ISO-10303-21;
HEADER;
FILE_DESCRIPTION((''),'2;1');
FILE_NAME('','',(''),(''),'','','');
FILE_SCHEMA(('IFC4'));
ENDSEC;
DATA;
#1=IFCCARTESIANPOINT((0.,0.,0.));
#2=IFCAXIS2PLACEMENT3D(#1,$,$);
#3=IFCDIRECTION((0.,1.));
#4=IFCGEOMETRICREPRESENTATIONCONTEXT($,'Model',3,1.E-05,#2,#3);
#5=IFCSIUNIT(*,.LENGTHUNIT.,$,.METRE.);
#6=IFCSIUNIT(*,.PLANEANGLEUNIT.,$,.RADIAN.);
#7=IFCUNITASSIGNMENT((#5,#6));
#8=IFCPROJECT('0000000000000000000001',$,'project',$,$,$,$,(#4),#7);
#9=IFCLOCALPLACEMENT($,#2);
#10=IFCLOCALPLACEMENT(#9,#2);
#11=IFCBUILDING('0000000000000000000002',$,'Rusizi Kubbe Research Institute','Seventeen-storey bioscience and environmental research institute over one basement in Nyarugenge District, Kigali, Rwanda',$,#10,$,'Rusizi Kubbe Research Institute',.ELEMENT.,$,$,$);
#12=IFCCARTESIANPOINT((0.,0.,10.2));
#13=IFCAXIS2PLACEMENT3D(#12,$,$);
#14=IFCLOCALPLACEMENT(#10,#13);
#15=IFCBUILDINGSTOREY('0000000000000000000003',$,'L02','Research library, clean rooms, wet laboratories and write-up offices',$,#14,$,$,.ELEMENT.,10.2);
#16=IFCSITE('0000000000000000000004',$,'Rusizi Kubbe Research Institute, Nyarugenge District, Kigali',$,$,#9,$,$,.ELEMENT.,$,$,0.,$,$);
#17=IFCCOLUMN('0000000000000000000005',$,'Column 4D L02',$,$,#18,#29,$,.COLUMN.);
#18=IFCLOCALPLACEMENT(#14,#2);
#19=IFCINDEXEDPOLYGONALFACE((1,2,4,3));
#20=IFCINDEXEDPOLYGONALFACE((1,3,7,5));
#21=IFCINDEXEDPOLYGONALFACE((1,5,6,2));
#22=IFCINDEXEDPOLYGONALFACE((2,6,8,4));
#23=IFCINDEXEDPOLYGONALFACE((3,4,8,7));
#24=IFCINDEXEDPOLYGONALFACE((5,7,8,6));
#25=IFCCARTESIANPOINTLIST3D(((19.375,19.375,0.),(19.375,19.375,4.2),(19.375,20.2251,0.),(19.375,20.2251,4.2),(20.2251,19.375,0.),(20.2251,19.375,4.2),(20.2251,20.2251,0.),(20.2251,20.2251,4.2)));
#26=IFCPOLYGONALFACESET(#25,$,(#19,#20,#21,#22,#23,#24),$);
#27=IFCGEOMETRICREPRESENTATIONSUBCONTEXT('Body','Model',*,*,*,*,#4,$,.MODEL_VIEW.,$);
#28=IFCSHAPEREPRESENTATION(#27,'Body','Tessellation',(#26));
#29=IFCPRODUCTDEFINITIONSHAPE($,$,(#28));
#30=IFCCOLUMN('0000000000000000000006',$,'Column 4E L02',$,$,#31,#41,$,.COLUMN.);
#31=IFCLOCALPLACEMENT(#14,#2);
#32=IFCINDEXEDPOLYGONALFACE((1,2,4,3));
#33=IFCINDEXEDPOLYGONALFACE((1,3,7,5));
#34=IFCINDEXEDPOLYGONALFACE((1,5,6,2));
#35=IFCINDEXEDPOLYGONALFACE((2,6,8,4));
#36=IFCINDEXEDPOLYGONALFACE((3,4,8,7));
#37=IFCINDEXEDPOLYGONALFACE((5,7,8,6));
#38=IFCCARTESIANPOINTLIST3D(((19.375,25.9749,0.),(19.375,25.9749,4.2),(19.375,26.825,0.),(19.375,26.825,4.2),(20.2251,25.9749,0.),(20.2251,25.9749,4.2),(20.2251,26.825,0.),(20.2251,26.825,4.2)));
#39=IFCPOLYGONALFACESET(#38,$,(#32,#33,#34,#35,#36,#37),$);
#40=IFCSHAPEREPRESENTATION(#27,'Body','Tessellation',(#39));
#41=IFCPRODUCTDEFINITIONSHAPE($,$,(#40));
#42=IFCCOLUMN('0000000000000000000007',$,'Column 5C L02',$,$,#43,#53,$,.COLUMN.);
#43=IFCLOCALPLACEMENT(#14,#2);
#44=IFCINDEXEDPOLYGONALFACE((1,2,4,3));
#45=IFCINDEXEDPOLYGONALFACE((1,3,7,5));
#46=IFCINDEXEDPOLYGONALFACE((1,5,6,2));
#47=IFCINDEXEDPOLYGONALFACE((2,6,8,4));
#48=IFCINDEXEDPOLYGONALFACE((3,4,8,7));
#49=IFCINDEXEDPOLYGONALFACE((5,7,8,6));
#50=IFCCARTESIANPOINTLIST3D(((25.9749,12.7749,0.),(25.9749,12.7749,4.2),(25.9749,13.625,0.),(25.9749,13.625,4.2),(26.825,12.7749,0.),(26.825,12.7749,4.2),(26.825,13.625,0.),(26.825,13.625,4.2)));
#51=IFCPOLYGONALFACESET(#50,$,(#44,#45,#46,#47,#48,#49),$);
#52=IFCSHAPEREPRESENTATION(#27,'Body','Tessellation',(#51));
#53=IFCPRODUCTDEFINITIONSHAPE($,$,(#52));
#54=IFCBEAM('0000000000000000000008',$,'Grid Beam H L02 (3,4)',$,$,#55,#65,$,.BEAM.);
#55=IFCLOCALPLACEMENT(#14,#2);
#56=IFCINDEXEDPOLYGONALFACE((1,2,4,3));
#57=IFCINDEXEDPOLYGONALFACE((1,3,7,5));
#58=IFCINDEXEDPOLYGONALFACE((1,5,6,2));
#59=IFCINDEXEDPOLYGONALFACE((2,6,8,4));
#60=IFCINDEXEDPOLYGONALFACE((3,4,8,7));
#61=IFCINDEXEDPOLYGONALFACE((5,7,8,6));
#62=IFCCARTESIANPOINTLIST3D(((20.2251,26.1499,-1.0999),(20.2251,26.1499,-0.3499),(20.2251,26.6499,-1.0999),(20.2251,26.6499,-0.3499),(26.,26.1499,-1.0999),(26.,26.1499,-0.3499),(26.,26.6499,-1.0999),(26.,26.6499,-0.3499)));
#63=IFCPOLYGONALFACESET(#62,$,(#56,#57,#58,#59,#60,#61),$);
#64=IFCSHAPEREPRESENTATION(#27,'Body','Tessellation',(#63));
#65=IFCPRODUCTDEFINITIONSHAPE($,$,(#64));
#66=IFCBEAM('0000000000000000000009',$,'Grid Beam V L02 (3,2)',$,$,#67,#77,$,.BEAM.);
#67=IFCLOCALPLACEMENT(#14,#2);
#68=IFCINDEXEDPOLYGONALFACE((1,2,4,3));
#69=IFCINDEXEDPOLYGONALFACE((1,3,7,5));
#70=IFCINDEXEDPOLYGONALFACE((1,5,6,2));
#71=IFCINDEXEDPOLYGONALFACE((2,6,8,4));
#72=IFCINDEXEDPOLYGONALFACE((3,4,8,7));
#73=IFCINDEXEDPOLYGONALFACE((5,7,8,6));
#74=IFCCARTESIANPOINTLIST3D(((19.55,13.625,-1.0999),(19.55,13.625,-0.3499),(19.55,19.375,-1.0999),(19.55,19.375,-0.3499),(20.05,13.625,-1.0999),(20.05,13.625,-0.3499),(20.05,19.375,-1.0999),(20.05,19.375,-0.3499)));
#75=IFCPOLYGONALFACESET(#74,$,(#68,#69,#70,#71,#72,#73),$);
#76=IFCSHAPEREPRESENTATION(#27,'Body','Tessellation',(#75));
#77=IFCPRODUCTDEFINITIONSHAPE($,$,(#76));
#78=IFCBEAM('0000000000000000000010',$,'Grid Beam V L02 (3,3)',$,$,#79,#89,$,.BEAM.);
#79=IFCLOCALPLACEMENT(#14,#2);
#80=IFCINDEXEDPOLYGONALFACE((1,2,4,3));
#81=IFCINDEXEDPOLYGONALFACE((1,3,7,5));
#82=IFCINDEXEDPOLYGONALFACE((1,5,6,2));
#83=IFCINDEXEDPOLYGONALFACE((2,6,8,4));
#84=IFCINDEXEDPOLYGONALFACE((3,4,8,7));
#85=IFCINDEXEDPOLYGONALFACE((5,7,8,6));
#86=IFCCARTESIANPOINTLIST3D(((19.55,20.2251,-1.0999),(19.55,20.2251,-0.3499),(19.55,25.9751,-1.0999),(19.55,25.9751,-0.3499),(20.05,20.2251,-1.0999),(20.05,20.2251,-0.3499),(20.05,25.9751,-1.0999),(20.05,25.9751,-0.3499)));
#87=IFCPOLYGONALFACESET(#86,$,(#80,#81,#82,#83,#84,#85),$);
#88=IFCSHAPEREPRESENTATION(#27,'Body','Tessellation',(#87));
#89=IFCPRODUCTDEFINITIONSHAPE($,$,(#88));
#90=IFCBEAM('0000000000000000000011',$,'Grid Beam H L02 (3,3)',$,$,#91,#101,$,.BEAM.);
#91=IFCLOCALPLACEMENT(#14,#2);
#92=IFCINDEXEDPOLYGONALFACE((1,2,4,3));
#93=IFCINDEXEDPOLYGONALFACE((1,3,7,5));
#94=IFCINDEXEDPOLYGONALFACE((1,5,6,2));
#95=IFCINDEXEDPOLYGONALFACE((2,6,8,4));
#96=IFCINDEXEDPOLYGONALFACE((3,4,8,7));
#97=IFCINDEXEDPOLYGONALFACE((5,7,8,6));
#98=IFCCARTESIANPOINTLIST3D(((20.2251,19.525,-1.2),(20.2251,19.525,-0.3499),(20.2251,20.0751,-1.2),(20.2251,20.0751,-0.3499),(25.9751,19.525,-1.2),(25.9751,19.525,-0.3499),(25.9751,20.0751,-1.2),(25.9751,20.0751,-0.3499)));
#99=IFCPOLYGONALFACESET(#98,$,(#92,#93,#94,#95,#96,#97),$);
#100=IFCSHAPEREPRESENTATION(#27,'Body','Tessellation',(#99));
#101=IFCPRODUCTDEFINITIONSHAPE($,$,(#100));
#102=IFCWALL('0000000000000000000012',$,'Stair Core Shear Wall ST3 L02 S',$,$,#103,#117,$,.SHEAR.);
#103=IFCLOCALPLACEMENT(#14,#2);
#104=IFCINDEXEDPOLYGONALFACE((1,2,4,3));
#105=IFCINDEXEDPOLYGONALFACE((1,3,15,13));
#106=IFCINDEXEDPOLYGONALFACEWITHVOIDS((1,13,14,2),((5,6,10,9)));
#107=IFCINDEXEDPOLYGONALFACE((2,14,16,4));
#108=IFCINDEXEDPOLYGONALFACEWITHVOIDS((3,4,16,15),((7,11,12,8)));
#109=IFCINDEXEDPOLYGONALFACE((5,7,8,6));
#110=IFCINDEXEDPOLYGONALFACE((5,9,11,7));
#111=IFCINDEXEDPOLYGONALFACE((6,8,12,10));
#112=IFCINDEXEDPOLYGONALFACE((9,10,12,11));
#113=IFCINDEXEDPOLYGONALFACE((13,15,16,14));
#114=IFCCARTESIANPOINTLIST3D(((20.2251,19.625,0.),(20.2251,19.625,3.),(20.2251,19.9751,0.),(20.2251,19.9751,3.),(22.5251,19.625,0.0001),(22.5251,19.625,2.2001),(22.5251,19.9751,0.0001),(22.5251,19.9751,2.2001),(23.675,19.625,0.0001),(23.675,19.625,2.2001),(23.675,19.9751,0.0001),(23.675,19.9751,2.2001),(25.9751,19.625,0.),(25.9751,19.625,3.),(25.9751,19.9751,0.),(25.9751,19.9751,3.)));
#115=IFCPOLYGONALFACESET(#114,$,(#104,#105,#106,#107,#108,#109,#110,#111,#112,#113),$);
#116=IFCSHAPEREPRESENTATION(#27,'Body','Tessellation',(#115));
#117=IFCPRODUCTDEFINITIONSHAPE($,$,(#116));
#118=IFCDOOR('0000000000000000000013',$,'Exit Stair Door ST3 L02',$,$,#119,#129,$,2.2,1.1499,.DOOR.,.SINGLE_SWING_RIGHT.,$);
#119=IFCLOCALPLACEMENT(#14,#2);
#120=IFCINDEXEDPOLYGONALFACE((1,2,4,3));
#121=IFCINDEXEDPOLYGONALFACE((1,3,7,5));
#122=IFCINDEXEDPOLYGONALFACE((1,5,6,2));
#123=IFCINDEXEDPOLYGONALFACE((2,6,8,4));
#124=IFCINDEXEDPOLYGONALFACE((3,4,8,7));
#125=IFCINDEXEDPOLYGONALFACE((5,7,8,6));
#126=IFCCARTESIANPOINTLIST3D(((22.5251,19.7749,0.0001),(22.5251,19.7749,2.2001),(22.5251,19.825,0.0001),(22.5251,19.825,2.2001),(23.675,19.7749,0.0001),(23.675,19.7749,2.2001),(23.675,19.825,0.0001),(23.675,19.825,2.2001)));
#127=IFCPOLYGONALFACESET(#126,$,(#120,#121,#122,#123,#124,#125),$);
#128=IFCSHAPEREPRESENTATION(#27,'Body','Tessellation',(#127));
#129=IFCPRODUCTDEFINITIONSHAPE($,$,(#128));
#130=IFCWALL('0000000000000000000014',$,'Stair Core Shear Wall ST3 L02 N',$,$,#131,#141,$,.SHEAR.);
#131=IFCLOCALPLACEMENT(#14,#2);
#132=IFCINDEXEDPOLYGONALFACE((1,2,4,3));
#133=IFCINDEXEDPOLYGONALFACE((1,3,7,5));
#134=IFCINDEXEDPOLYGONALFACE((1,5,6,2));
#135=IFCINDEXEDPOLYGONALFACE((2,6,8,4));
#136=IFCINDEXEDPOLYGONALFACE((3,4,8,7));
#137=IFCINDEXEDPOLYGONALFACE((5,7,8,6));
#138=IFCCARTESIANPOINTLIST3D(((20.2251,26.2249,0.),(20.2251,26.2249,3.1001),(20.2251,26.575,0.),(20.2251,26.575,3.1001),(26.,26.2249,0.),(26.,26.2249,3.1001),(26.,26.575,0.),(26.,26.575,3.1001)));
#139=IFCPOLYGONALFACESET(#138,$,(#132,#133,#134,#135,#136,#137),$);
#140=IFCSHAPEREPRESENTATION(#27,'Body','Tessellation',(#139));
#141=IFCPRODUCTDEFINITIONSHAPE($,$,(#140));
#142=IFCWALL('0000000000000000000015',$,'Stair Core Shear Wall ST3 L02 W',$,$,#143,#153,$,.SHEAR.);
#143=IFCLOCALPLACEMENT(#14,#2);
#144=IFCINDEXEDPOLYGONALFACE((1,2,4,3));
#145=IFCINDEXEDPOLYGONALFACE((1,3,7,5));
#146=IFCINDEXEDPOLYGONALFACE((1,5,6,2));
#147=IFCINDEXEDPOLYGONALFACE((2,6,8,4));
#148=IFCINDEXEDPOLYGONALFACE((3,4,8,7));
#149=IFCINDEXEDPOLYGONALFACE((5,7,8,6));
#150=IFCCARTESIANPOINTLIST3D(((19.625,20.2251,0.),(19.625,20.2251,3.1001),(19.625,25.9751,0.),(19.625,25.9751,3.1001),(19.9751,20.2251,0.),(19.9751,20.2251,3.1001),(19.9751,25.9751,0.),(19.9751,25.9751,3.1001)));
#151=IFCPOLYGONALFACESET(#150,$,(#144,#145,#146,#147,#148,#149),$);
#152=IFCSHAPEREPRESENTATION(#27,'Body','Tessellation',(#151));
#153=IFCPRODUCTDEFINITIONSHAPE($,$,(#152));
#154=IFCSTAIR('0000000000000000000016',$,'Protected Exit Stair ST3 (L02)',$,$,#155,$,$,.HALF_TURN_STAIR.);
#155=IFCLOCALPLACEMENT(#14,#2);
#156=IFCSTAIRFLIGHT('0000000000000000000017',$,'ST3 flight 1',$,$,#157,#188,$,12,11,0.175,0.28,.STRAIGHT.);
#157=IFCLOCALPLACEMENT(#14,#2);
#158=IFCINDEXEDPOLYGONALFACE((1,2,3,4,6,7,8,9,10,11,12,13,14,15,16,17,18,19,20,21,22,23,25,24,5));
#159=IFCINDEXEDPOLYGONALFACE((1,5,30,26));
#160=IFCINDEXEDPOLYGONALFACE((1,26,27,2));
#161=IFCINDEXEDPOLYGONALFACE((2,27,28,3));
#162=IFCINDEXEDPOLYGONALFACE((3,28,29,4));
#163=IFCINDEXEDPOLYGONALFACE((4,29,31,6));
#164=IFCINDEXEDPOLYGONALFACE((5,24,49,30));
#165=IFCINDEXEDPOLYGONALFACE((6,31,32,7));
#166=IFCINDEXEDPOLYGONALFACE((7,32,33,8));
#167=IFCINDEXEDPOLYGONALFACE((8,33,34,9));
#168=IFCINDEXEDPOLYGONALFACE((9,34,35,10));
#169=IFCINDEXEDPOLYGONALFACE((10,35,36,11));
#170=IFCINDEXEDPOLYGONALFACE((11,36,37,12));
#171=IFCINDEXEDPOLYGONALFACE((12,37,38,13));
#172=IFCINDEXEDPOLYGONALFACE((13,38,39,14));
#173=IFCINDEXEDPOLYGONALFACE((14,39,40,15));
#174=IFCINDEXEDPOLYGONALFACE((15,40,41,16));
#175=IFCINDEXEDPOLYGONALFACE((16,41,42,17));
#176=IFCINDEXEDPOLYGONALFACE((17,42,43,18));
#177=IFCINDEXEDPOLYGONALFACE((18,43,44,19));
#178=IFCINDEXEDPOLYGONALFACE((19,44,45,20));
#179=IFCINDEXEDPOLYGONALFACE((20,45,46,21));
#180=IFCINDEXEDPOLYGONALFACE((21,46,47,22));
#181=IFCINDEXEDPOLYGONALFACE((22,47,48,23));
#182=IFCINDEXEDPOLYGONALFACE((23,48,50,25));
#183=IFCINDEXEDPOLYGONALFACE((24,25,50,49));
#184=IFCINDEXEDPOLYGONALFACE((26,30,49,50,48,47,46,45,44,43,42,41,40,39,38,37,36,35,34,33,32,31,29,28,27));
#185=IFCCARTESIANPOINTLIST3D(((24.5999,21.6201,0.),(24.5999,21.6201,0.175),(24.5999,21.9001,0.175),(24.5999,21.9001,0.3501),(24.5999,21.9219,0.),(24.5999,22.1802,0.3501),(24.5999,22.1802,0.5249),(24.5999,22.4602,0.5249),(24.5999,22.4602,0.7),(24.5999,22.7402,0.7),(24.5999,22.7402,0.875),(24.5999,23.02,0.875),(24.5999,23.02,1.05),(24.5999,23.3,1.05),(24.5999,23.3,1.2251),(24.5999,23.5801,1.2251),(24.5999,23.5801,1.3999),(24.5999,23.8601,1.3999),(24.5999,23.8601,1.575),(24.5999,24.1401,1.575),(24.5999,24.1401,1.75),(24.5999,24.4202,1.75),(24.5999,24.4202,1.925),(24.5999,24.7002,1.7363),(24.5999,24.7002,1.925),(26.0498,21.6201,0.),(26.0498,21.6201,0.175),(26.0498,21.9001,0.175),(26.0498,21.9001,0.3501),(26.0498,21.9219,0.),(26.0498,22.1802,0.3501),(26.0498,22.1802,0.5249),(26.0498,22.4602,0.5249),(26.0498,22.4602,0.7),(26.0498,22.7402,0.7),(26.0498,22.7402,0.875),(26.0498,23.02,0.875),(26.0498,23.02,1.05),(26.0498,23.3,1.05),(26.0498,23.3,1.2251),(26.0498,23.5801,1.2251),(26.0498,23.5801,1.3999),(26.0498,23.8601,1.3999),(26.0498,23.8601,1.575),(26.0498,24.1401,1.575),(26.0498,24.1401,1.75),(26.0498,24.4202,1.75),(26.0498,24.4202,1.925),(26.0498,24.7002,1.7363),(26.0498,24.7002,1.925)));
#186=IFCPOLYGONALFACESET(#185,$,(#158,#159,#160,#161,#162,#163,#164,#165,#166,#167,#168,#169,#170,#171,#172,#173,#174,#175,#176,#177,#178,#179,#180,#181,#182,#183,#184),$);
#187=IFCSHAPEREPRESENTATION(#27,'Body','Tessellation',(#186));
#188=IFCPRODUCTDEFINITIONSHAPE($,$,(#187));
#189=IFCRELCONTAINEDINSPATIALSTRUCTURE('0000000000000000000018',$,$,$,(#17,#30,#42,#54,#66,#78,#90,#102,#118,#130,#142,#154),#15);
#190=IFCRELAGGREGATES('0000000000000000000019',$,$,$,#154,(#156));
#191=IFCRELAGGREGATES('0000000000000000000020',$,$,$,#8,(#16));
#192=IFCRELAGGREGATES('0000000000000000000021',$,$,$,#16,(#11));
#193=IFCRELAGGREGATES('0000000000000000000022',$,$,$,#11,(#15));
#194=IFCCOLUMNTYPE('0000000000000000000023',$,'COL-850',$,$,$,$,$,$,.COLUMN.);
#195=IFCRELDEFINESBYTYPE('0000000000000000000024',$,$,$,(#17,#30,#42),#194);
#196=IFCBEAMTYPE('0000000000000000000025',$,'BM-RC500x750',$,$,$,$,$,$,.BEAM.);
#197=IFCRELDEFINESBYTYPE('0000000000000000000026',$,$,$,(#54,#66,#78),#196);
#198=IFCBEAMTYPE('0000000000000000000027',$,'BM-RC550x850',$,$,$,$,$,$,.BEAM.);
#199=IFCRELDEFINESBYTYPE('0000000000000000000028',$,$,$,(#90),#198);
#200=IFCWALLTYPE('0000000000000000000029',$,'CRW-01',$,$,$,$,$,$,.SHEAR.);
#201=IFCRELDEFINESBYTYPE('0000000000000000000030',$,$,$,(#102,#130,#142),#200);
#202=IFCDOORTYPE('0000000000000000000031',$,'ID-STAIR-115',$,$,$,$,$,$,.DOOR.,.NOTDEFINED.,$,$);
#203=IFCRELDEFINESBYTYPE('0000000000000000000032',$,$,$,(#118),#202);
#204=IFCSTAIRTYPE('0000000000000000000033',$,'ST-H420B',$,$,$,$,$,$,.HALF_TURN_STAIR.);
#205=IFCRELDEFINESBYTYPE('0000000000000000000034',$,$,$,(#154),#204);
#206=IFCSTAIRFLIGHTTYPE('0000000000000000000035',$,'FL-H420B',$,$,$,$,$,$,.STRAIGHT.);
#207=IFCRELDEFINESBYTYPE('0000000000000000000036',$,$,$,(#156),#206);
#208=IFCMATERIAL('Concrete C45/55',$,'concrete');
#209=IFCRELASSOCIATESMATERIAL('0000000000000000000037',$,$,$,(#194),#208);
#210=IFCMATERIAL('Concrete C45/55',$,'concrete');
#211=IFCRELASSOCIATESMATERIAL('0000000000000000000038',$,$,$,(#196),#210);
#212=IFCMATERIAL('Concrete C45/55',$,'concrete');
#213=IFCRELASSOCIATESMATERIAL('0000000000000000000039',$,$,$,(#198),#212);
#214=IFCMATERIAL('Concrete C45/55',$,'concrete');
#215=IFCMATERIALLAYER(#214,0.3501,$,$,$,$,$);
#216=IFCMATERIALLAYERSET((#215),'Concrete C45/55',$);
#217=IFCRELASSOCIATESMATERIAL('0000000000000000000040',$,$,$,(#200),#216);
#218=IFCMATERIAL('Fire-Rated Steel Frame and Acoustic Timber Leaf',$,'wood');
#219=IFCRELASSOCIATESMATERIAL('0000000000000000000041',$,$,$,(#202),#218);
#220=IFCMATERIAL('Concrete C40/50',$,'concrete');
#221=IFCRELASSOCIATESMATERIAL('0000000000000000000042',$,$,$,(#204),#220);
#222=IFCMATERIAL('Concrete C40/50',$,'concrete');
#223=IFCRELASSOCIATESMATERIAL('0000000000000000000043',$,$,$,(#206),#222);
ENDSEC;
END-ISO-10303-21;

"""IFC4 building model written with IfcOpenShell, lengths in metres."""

from ifc_helpers import new_model, si_unit, direction, frame, frame_2d, origin, origin_2d, place, context, subcontext, project, spatial, polyline, rectangle, outline, extrude, material, layer, layer_set, material_profile, profile_set, type_object, element, fill, aggregate, save


model = new_model("IFC4")

# Units and contexts
model_context = context("Model", 3, precision=1e-05, world=origin(), true_north=direction((0.0, 1.0)))
body_context = subcontext(model_context, "Body", "Model", "MODEL_VIEW")
ifc_project = project(units=[si_unit("LENGTHUNIT", "METRE"), si_unit("PLANEANGLEUNIT", "RADIAN")], contexts=[model_context])

# Site, building, storey
site_placement = place(None, origin())
site = spatial("IfcSite", under=ifc_project, at=site_placement, Name="Rusizi Kubbe Research Institute, Nyarugenge District, Kigali", CompositionType="ELEMENT", RefElevation=0.0)
building_placement = place(site_placement, origin())
building = spatial("IfcBuilding", under=site, at=building_placement, Name="Rusizi Kubbe Research Institute", Description="Seventeen-storey bioscience and environmental research institute over one basement in Nyarugenge District, Kigali, Rwanda", LongName="Rusizi Kubbe Research Institute", CompositionType="ELEMENT")
storey_placement = place(building_placement, frame((0.0, 0.0, 10.2)))
storey = spatial("IfcBuildingStorey", under=building, at=storey_placement, Name="L02", Description="Research library, clean rooms, wet laboratories and write-up offices", CompositionType="ELEMENT", Elevation=10.2)

# Columns
ifc_material_1 = material(Name="Concrete C45/55", Category="concrete")
ifc_material_profile_1 = material_profile(ifc_material_1, rectangle(XDim=0.8501, YDim=0.8501, at=origin_2d()), Name="RC850x850")
ifc_profile_set_1 = profile_set([ifc_material_profile_1], Name="Concrete C45/55")
column_type = type_object("IfcColumnType", Name="COL-850", PredefinedType="COLUMN", material=ifc_profile_set_1)
for number, where, z_axis, x_axis, name in (
    (1, (19.8, 19.8, 0.0), (0.0, 0.0, 1.0), (1.0, 0.0, 0.0), "Column 4D L02"),
    (2, (19.8, 26.3999, 0.0), (0.0, 0.0, 1.0), (1.0, 0.0, 0.0), "Column 4E L02"),
    (3, (26.3999, 13.2, 0.0), (0.0, 0.0, 1.0), (1.0, 0.0, 0.0), "Column 5C L02"),
):
    element("IfcColumn", number, at=place(storey_placement, frame(where, z_axis=z_axis, x_axis=x_axis)), inside=storey, type_object=column_type, Name=name, PredefinedType="COLUMN", context=body_context, shape_type="SweptSolid", body=[
        extrude(rectangle(XDim=0.8501, YDim=0.8501, at=origin_2d()), origin(), (0.0, 0.0, 1.0), 4.2),
    ])

# Beams
ifc_material_2 = material(Name="Concrete C45/55", Category="concrete")
ifc_material_profile_2 = material_profile(ifc_material_2, rectangle(XDim=0.5, YDim=0.75, at=origin_2d()), Name="RC500x750B")
ifc_profile_set_2 = profile_set([ifc_material_profile_2], Name="Concrete C45/55")
beam_type_1 = type_object("IfcBeamType", Name="BM-RC500x750", PredefinedType="BEAM", material=ifc_profile_set_2)
beam_1_placement = place(storey_placement, frame((20.2251, 26.3999, -0.7249), z_axis=(1.0, 0.0, 0.0), x_axis=(0.0, 1.0, 0.0)))
element("IfcBeam", 4, at=beam_1_placement, inside=storey, type_object=beam_type_1, Name="Grid Beam H L02 (3,4)", PredefinedType="BEAM", context=body_context, shape_type="SweptSolid", body=[
    extrude(rectangle(XDim=0.5, YDim=0.75, at=origin_2d()), origin(), (0.0, 0.0, 1.0), 5.7749),
])
for number, where, z_axis, x_axis, name in (
    (5, (19.8, 13.625, -0.7249), (0.0, 1.0, 0.0), (-1.0, 0.0, 0.0), "Grid Beam V L02 (3,2)"),
    (6, (19.8, 20.2251, -0.7249), (0.0, 1.0, 0.0), (-1.0, 0.0, 0.0), "Grid Beam V L02 (3,3)"),
):
    element("IfcBeam", number, at=place(storey_placement, frame(where, z_axis=z_axis, x_axis=x_axis)), inside=storey, type_object=beam_type_1, Name=name, PredefinedType="BEAM", context=body_context, shape_type="SweptSolid", body=[
        extrude(rectangle(XDim=0.5, YDim=0.75, at=origin_2d()), origin(), (0.0, 0.0, 1.0), 5.75),
    ])
ifc_material_3 = material(Name="Concrete C45/55", Category="concrete")
ifc_material_profile_3 = material_profile(ifc_material_3, rectangle(XDim=0.55, YDim=0.8501, at=origin_2d()), Name="RC550x850")
ifc_profile_set_3 = profile_set([ifc_material_profile_3], Name="Concrete C45/55")
beam_type_2 = type_object("IfcBeamType", Name="BM-RC550x850", PredefinedType="BEAM", material=ifc_profile_set_3)
beam_2_placement = place(storey_placement, frame((20.2251, 19.8, -0.7749), z_axis=(1.0, 0.0, 0.0), x_axis=(0.0, 1.0, 0.0)))
element("IfcBeam", 7, at=beam_2_placement, inside=storey, type_object=beam_type_2, Name="Grid Beam H L02 (3,3)", PredefinedType="BEAM", context=body_context, shape_type="SweptSolid", body=[
    extrude(rectangle(XDim=0.55, YDim=0.8501, at=origin_2d()), origin(), (0.0, 0.0, 1.0), 5.75),
])

# Wall, opening, door
ifc_material_4 = material(Name="Concrete C45/55", Category="concrete")
ifc_layer_1 = layer(ifc_material_4, 0.3501)
ifc_layer_set_1 = layer_set([ifc_layer_1], Name="Concrete C45/55")
wall_type_1 = type_object("IfcWallType", Name="CRW-01", PredefinedType="SHEAR", material=ifc_layer_set_1)
wall_1_placement = place(storey_placement, frame((20.2251, 19.8, 0.0), z_axis=(0.0, 0.0, 1.0), x_axis=(1.0, 0.0, 0.0)))
wall_1 = element("IfcWall", 8, at=wall_1_placement, inside=storey, type_object=wall_type_1, Name="Stair Core Shear Wall ST3 L02 S", PredefinedType="SHEAR", context=body_context, shape_type="SweptSolid", body=[
    extrude(rectangle(XDim=5.75, YDim=0.3501, at=frame_2d((2.875, 0.0))), origin(), (0.0, 0.0, 1.0), 3.0),
])
opening_1_placement = place(wall_1_placement, frame((2.3, 0.0, 0.0)))
opening_1 = element("IfcOpeningElement", 9, at=opening_1_placement, cuts=wall_1, PredefinedType="OPENING", context=body_context, shape_type="SweptSolid", body=[
    extrude(rectangle(XDim=1.1499, YDim=2.2, at=frame_2d((0.575, 1.1001))), frame((0.0, 0.1851, 0.0), z_axis=(0.0, -1.0, 0.0), x_axis=(1.0, 0.0, 0.0)), (0.0, 0.0, 1.0), 0.3701),
])
ifc_material_5 = material(Name="Fire-Rated Steel Frame and Acoustic Timber Leaf", Category="wood")
door_type_1 = type_object("IfcDoorType", Name="ID-STAIR-115", OperationType="NOTDEFINED", PredefinedType="DOOR", material=ifc_material_5)
door_1_placement = place(opening_1_placement, origin())
door_1 = element("IfcDoor", 10, at=door_1_placement, inside=storey, type_object=door_type_1, Name="Exit Stair Door ST3 L02", OperationType="SINGLE_SWING_RIGHT", OverallHeight=2.2, OverallWidth=1.1499, PredefinedType="DOOR", context=body_context, shape_type="SweptSolid", body=[
    extrude(rectangle(XDim=1.1499, YDim=2.2, at=frame_2d((0.575, 1.1001))), frame((0.0, 0.0249, 0.0), z_axis=(0.0, -1.0, 0.0), x_axis=(1.0, 0.0, 0.0)), (0.0, 0.0, 1.0), 0.05),
])
fill(opening_1, door_1)

# Walls
wall_2_placement = place(storey_placement, frame((20.2251, 26.3999, 0.0), z_axis=(0.0, 0.0, 1.0), x_axis=(1.0, 0.0, 0.0)))
element("IfcWall", 11, at=wall_2_placement, inside=storey, type_object=wall_type_1, Name="Stair Core Shear Wall ST3 L02 N", PredefinedType="SHEAR", context=body_context, shape_type="SweptSolid", body=[
    extrude(rectangle(XDim=5.7749, YDim=0.3501, at=frame_2d((2.8875, 0.0))), origin(), (0.0, 0.0, 1.0), 3.1001),
])
wall_3_placement = place(storey_placement, frame((19.8, 20.2251, 0.0), z_axis=(0.0, 0.0, 1.0), x_axis=(0.0, 1.0, 0.0)))
element("IfcWall", 12, at=wall_3_placement, inside=storey, type_object=wall_type_1, Name="Stair Core Shear Wall ST3 L02 W", PredefinedType="SHEAR", context=body_context, shape_type="SweptSolid", body=[
    extrude(rectangle(XDim=5.75, YDim=0.3501, at=frame_2d((2.875, 0.0))), origin(), (0.0, 0.0, 1.0), 3.1001),
])

# Stair, stair flight
ifc_material_6 = material(Name="Concrete C40/50", Category="concrete")
stair_type = type_object("IfcStairType", Name="ST-H420B", PredefinedType="HALF_TURN_STAIR", material=ifc_material_6)
stair_placement = place(storey_placement, origin())
stair = element("IfcStair", 13, at=stair_placement, inside=storey, type_object=stair_type, Name="Protected Exit Stair ST3 (L02)", PredefinedType="HALF_TURN_STAIR")
ifc_material_7 = material(Name="Concrete C40/50", Category="concrete")
stair_flight_type = type_object("IfcStairFlightType", Name="FL-H420B", PredefinedType="STRAIGHT", material=ifc_material_7)
stair_flight_1_placement = place(storey_placement, frame((25.325, 21.6201, 0.0), z_axis=(0.0, 0.0, 1.0), x_axis=(0.0, 1.0, 0.0)))
stair_flight_1 = element("IfcStairFlight", 14, at=stair_flight_1_placement, type_object=stair_flight_type, Name="ST3 flight 1", NumberOfRisers=12, NumberOfTreads=11, PredefinedType="STRAIGHT", RiserHeight=0.175, TreadLength=0.28, context=body_context, shape_type="SweptSolid", body=[
    extrude(outline(polyline([(0.0, 0.0), (0.0, 0.175), (0.28, 0.175), (0.28, 0.3501), (0.5601, 0.3501), (0.5601, 0.5249), (0.8401, 0.5249), (0.8401, 0.7), (1.1201, 0.7), (1.1201, 0.875), (1.3999, 0.875), (1.3999, 1.05), (1.6799, 1.05), (1.6799, 1.2251), (1.96, 1.2251), (1.96, 1.3999), (2.24, 1.3999), (2.24, 1.575), (2.52, 1.575), (2.52, 1.75), (2.8, 1.75), (2.8, 1.925), (3.0801, 1.925), (3.0801, 2.1001), (3.0801, 1.7363), (0.3018, 0.0), (0.0, 0.0)])), frame((0.0, 0.7251, 0.0), z_axis=(0.0, -1.0, 0.0), x_axis=(1.0, 0.0, 0.0)), (0.0, 0.0, 1.0), 1.45),
])
aggregate(stair, [stair_flight_1])

save(model, "model.ifc")
